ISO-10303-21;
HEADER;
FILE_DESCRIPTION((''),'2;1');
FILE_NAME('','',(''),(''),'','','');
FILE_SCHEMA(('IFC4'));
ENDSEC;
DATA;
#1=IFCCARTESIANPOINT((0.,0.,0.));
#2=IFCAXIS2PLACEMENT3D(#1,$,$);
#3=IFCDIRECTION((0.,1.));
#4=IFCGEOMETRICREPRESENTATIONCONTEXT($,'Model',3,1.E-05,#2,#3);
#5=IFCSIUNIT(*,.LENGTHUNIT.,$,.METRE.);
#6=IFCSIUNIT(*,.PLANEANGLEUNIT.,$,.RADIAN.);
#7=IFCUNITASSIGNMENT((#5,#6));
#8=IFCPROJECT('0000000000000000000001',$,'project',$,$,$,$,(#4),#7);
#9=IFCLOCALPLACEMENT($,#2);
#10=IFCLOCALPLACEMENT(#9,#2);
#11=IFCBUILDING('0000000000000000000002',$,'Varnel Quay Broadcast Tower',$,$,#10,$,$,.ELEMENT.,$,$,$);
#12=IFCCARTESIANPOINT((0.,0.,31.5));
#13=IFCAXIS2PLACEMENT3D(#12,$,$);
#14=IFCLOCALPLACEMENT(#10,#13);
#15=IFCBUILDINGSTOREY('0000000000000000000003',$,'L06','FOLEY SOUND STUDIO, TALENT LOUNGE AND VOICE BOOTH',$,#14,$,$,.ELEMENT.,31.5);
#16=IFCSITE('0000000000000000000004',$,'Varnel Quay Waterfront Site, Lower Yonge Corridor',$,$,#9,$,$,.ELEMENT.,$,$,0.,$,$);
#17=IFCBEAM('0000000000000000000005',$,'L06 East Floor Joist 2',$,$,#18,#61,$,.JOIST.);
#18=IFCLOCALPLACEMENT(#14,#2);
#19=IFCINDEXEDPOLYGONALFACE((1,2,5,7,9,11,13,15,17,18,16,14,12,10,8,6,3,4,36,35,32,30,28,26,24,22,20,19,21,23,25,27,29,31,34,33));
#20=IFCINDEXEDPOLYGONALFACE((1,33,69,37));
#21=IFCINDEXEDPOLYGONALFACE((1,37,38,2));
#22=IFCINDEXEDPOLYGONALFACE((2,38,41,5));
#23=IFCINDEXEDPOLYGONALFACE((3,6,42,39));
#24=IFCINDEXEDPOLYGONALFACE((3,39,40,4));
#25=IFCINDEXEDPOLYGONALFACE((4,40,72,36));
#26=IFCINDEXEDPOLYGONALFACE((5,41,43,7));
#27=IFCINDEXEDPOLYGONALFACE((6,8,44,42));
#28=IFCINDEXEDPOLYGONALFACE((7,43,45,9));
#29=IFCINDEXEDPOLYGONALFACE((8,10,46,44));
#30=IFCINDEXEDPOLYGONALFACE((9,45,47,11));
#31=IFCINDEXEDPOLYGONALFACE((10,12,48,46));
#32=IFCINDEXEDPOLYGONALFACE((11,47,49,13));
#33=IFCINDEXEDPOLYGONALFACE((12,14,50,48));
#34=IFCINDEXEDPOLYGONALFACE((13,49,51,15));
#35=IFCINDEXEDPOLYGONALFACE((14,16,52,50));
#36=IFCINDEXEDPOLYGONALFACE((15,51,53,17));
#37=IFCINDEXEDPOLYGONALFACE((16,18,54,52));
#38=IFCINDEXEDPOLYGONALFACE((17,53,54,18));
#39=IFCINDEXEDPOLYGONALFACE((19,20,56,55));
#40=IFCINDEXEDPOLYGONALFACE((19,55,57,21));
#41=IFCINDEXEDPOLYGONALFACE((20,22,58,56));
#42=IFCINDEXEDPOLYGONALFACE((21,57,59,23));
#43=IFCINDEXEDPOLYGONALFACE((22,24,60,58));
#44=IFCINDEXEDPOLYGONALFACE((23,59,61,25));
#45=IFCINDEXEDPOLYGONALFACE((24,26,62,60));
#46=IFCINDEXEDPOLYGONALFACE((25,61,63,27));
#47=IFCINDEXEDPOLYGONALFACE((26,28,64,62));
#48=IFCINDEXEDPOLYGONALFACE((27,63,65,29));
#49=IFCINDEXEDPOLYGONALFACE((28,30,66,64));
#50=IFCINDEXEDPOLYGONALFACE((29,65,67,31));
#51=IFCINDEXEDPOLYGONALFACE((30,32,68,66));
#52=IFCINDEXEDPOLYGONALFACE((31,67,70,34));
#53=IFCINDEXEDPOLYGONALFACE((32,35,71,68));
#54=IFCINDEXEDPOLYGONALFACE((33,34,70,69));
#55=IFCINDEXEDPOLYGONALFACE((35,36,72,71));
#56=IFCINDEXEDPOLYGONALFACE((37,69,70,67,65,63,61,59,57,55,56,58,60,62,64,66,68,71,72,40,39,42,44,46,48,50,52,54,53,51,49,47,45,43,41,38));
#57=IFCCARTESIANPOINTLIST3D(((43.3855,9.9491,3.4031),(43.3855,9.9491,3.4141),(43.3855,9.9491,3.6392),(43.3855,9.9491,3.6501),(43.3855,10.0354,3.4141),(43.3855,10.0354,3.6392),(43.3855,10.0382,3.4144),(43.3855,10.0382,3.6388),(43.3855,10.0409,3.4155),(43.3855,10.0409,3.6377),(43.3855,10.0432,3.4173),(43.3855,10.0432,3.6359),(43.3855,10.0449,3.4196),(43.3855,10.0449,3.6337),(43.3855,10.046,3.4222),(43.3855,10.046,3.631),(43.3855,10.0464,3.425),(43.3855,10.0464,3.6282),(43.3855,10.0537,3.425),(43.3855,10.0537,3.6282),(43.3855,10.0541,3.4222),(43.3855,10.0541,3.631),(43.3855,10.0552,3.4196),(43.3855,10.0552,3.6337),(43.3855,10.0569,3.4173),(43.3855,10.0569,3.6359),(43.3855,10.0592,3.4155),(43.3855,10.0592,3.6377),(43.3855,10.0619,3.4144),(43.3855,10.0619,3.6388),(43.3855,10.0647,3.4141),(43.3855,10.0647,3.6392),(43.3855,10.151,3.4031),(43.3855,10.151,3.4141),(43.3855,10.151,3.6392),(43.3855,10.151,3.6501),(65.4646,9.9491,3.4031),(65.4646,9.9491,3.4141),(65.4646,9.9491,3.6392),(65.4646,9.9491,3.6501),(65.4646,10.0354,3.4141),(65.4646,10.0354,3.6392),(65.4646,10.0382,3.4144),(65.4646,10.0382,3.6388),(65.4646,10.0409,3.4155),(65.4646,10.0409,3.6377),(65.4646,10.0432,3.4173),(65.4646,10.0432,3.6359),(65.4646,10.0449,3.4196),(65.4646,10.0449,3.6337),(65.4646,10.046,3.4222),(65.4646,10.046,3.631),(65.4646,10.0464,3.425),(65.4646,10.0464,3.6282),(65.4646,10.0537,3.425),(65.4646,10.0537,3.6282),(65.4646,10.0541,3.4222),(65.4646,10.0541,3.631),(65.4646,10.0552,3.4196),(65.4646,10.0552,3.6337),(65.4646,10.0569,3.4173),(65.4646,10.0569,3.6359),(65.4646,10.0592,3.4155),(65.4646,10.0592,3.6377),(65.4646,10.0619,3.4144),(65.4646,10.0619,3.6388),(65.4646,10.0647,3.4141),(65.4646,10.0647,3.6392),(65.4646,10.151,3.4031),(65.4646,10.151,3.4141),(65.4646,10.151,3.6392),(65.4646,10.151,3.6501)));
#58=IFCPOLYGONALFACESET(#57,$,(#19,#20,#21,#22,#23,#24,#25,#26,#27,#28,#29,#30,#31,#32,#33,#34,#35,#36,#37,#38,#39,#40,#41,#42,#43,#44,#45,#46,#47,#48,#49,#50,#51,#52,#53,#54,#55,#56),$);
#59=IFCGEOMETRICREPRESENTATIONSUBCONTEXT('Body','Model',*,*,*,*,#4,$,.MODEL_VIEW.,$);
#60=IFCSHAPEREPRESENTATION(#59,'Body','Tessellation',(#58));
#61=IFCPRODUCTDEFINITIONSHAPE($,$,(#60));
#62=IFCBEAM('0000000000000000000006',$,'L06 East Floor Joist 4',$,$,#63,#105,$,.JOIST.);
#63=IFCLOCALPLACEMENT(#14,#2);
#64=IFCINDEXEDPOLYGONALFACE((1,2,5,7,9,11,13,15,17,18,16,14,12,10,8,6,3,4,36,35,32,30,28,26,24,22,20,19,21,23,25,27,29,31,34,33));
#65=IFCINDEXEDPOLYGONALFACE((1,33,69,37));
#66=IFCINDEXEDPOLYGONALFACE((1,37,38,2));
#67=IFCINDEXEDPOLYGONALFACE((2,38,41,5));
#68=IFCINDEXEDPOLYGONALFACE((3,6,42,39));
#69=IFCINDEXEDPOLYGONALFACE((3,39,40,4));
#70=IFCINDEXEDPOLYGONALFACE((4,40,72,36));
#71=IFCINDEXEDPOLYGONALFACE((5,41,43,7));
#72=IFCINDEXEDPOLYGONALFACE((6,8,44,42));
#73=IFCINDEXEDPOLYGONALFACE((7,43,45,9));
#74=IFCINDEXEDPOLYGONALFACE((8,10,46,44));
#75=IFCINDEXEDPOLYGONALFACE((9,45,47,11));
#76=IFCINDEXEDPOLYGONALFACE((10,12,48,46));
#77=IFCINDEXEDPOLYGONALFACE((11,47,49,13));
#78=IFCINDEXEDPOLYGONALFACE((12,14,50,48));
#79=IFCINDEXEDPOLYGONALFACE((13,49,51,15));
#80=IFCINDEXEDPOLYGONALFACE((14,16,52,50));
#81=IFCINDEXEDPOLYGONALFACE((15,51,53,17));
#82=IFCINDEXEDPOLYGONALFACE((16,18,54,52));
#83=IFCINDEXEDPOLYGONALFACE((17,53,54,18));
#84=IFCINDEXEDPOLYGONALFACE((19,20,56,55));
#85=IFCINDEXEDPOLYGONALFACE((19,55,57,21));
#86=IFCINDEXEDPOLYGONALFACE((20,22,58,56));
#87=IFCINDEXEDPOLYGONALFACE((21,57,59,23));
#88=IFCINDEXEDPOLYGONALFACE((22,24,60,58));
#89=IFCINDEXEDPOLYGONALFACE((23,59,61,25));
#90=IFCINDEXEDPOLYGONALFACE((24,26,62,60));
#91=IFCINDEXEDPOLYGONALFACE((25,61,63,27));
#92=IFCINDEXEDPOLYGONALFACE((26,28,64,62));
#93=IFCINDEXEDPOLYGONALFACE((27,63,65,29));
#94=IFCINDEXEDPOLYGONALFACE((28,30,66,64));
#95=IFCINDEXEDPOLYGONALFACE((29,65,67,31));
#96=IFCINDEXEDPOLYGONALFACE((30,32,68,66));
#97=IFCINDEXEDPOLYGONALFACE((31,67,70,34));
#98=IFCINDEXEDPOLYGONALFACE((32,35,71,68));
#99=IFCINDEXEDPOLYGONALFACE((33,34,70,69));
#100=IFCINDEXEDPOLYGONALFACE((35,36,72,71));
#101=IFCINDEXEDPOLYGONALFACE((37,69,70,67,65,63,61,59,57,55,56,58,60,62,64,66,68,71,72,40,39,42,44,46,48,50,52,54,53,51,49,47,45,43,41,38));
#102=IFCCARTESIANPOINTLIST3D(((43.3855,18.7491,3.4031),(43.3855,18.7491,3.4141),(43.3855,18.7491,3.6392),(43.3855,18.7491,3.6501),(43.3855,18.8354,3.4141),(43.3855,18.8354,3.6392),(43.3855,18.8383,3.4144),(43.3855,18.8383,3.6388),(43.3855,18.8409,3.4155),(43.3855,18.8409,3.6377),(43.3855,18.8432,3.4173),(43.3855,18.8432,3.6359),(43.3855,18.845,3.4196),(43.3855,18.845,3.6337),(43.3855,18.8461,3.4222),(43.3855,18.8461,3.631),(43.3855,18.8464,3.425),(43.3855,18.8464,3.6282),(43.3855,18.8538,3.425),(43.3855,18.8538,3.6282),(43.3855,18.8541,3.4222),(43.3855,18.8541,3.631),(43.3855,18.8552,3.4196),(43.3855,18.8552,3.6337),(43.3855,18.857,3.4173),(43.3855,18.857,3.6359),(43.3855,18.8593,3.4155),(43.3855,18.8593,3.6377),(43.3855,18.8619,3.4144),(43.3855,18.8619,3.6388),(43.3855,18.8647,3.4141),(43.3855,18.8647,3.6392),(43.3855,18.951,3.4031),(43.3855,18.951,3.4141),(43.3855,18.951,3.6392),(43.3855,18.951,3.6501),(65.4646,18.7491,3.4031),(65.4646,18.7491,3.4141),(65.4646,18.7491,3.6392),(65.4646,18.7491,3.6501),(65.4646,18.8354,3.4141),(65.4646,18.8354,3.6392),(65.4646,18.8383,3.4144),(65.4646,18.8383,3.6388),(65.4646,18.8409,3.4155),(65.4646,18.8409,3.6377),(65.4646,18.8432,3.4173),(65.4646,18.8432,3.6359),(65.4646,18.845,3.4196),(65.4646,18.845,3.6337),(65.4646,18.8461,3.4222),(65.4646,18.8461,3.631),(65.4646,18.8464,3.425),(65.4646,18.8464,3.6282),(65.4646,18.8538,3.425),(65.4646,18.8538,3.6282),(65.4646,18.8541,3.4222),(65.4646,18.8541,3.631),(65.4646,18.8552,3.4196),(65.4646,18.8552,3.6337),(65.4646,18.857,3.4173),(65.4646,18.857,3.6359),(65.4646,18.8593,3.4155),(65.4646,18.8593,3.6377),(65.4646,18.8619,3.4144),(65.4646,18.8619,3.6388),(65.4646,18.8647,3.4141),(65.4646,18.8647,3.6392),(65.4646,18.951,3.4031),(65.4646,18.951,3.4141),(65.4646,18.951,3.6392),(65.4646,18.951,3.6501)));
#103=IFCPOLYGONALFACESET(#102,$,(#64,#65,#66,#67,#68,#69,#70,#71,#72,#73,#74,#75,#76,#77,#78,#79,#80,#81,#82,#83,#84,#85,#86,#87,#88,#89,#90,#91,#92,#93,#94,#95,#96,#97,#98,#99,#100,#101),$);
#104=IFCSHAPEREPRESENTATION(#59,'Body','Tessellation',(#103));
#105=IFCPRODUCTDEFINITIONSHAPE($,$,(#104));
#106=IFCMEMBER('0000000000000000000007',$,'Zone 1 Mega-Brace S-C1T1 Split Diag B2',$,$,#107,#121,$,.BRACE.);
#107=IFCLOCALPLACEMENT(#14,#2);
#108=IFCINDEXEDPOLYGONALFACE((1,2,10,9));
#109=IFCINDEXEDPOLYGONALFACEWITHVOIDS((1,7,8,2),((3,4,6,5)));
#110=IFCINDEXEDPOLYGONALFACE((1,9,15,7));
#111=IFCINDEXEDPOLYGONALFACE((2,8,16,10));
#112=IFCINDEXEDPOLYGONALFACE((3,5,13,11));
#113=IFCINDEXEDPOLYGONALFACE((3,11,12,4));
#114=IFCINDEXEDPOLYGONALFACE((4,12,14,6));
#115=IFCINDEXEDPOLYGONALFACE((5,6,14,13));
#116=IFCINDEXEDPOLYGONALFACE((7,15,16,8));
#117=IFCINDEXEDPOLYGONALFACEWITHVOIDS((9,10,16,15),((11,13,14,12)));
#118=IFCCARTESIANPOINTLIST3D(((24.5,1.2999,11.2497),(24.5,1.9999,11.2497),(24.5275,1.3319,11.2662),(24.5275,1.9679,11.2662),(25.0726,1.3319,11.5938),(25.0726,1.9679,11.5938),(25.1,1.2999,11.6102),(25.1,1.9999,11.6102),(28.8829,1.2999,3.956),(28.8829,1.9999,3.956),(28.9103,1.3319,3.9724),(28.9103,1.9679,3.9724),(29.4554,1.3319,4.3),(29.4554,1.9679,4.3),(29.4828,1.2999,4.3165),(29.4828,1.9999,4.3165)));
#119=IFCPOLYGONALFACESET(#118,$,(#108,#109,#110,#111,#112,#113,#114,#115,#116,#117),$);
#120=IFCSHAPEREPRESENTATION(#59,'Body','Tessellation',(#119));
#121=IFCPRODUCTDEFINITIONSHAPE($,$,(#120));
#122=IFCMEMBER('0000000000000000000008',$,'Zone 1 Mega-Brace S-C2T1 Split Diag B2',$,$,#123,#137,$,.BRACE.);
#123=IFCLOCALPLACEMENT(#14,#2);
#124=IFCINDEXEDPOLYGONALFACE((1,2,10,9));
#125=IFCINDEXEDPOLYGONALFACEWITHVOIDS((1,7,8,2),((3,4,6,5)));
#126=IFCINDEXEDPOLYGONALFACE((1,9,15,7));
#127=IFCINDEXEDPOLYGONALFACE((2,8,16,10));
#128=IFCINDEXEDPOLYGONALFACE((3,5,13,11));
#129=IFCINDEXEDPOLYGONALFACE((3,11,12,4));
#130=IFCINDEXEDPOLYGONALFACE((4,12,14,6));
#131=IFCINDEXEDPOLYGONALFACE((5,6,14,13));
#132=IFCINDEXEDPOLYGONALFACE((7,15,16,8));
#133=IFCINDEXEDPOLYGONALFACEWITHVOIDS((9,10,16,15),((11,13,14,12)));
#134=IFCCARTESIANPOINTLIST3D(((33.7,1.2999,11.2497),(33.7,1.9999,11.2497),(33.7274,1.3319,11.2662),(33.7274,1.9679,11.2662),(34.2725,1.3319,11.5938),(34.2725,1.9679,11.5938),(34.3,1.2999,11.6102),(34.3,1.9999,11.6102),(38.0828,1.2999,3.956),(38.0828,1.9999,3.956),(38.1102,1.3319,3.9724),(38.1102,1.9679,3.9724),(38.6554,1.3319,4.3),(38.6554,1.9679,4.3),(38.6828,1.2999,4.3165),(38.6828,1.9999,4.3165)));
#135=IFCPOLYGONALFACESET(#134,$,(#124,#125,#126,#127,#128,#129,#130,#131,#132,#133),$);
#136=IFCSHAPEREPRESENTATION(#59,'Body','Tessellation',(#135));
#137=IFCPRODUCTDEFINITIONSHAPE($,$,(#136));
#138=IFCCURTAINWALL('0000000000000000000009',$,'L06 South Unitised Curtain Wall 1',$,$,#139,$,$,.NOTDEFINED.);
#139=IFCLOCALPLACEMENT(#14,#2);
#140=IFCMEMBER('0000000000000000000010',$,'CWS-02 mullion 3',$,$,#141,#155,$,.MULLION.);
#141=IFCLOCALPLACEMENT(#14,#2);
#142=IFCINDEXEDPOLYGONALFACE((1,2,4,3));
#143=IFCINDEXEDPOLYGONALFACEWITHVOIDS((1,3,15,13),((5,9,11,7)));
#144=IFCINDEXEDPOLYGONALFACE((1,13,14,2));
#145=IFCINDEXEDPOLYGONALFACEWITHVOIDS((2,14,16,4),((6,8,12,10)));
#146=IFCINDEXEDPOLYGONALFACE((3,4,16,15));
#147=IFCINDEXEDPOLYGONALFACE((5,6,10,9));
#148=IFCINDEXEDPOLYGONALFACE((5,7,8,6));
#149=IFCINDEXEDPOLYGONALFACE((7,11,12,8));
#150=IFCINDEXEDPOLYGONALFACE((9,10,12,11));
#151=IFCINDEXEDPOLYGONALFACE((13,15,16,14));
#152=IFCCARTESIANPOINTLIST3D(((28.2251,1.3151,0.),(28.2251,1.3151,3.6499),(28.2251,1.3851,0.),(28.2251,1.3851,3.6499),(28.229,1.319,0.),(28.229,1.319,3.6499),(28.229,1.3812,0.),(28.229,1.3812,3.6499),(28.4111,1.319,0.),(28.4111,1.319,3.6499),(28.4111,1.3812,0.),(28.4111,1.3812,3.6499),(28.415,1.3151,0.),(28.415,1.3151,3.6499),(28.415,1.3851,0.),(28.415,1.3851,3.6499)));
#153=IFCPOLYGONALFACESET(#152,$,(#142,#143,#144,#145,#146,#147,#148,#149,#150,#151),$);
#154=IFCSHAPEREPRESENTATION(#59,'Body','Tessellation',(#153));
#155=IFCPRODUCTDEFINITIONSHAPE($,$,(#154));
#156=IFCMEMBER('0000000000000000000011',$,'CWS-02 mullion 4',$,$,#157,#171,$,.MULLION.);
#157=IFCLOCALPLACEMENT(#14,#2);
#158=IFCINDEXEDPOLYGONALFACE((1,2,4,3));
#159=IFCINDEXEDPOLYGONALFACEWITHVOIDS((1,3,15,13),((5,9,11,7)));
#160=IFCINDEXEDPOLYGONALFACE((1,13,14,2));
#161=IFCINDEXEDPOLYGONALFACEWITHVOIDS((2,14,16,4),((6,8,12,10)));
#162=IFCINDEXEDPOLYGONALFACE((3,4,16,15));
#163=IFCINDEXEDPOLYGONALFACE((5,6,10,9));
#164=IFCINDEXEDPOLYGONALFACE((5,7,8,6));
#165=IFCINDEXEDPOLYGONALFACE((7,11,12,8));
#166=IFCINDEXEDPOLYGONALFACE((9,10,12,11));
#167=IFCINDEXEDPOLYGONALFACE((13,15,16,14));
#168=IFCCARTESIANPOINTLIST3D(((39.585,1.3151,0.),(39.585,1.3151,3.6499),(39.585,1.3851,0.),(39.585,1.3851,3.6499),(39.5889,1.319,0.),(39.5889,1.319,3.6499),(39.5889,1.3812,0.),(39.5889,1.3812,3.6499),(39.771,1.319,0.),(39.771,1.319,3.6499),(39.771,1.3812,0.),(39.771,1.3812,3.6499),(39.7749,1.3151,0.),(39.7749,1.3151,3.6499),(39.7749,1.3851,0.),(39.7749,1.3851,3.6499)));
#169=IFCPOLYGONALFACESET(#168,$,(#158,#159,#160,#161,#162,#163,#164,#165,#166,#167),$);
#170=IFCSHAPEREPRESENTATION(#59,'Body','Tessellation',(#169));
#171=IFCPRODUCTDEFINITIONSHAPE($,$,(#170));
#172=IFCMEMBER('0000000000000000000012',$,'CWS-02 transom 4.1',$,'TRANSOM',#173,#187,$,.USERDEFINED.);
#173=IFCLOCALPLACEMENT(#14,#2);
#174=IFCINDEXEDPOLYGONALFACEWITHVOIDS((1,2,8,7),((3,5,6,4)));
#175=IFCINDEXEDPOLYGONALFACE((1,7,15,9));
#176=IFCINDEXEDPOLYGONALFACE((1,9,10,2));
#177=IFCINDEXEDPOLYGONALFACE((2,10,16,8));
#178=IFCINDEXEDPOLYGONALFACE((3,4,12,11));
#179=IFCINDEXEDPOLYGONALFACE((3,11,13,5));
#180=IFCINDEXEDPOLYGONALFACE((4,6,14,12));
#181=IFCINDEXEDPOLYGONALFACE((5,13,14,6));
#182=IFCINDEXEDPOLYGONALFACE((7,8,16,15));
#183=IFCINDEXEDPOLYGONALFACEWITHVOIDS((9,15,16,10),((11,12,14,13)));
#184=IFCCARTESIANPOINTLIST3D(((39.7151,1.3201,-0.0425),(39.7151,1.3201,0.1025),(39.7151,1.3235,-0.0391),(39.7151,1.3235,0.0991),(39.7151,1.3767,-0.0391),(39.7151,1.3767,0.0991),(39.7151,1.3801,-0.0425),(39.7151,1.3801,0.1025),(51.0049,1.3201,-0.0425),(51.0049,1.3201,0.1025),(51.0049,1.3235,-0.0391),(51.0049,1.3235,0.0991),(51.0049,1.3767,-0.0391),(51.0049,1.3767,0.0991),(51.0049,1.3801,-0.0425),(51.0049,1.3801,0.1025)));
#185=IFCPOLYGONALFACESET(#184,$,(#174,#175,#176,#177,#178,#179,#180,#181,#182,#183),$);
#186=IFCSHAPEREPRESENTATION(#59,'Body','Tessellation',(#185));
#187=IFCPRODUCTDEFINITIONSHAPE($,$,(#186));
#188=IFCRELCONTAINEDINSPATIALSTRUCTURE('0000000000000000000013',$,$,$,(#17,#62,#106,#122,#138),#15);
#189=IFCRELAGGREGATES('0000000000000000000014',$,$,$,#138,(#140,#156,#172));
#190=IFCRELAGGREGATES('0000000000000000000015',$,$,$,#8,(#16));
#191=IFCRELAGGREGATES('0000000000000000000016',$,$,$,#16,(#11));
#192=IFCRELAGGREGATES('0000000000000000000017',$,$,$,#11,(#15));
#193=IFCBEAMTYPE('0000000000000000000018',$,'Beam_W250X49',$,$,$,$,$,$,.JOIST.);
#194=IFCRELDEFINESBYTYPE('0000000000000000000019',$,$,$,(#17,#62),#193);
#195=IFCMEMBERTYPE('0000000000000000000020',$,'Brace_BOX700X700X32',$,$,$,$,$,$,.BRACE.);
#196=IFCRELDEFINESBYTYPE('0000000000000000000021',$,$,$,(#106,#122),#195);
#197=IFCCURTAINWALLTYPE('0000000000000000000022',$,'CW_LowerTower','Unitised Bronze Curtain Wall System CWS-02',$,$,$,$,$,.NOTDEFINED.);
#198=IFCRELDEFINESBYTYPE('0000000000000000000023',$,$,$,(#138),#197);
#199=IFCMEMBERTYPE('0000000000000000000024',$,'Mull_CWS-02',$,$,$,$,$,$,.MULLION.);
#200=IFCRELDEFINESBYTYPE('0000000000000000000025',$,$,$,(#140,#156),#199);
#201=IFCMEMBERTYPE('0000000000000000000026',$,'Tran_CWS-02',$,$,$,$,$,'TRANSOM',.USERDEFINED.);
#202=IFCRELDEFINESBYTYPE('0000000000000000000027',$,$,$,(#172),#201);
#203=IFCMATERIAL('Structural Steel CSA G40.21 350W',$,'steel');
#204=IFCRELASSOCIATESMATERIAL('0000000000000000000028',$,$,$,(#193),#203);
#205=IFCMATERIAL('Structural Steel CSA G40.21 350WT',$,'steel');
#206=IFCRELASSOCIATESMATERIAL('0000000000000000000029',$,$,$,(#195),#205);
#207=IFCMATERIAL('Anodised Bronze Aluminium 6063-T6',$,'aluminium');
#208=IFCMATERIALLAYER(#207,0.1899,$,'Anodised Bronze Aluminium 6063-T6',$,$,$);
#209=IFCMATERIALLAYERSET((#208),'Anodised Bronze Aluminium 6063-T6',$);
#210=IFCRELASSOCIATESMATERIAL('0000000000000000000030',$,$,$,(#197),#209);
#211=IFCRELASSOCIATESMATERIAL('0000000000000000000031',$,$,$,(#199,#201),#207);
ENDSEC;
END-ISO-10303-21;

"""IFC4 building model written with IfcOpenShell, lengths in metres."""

from ifc_helpers import new_model, si_unit, direction, frame, origin, origin_2d, place, context, subcontext, project, spatial, hollow_rectangle, i_section, extrude, source, transform, mapped, material, layer, layer_set, material_profile, profile_set, type_object, type_shapes, element, aggregate, save


model = new_model("IFC4")

# Units and contexts
model_context = context("Model", 3, precision=1e-05, world=origin(), true_north=direction((0.0, 1.0)))
body_context = subcontext(model_context, "Body", "Model", "MODEL_VIEW")
ifc_project = project(units=[si_unit("LENGTHUNIT", "METRE"), si_unit("PLANEANGLEUNIT", "RADIAN")], contexts=[model_context])

# Site, building, storey
site_placement = place(None, origin())
site = spatial("IfcSite", under=ifc_project, at=site_placement, Name="Varnel Quay Waterfront Site, Lower Yonge Corridor", CompositionType="ELEMENT", RefElevation=0.0)
building_placement = place(site_placement, origin())
building = spatial("IfcBuilding", under=site, at=building_placement, Name="Varnel Quay Broadcast Tower", CompositionType="ELEMENT")
storey_placement = place(building_placement, frame((0.0, 0.0, 31.5)))
storey = spatial("IfcBuildingStorey", under=building, at=storey_placement, Name="L06", Description="FOLEY SOUND STUDIO, TALENT LOUNGE AND VOICE BOOTH", CompositionType="ELEMENT", Elevation=31.5)

# Shared definitions
ifc_material_1 = material(Name="Structural Steel CSA G40.21 350W", Category="steel")

# Beams
ifc_material_profile_1 = material_profile(ifc_material_1, i_section(OverallWidth=0.2019, OverallDepth=0.2471, WebThickness=0.0073, FlangeThickness=0.011, FilletRadius=0.011, at=origin_2d()), Name="W250X49")
ifc_profile_set_1 = profile_set([ifc_material_profile_1], Name="Structural Steel CSA G40.21 350W")
beam_type_1 = type_object("IfcBeamType", Name="Beam_W250X49", PredefinedType="JOIST", material=ifc_profile_set_1)
shared_shape_1 = source(origin(), body_context, "Body", "SweptSolid", [
    extrude(i_section(OverallWidth=0.2019, OverallDepth=0.2471, WebThickness=0.0073, FlangeThickness=0.011, FilletRadius=0.011, at=origin_2d()), origin(), (0.0, 0.0, 1.0), 22.0791),
])
type_shapes(beam_type_1, [shared_shape_1])
for number, where, z_axis, x_axis, name in (
    (1, (43.3855, 10.05, 3.5266), (1.0, 0.0, 0.0), (0.0, 1.0, 0.0), "L06 East Floor Joist 2"),
    (2, (43.3855, 18.8501, 3.5266), (1.0, 0.0, 0.0), (0.0, 1.0, 0.0), "L06 East Floor Joist 4"),
):
    element("IfcBeam", number, at=place(storey_placement, frame(where, z_axis=z_axis, x_axis=x_axis)), inside=storey, type_object=beam_type_1, Name=name, PredefinedType="JOIST", context=body_context, shape_type="MappedRepresentation", body=[
        mapped(shared_shape_1, transform((0.0, 0.0, 0.0), x_axis=(1.0, 0.0, 0.0), y_axis=(0.0, 1.0, 0.0), z_axis=(0.0, 0.0, 1.0), scale=1.0)),
    ])

# Members
ifc_material_2 = material(Name="Structural Steel CSA G40.21 350WT", Category="steel")
ifc_material_profile_2 = material_profile(ifc_material_2, hollow_rectangle(XDim=0.7, YDim=0.7, WallThickness=0.032, at=origin_2d()), Name="BOX700X700X32")
ifc_profile_set_2 = profile_set([ifc_material_profile_2], Name="Structural Steel CSA G40.21 350WT")
member_type_1 = type_object("IfcMemberType", Name="Brace_BOX700X700X32", PredefinedType="BRACE", material=ifc_profile_set_2)
shared_shape_2 = source(origin(), body_context, "Body", "SweptSolid", [
    extrude(hollow_rectangle(XDim=0.7, YDim=0.7, WallThickness=0.032, at=origin_2d()), origin(), (0.0, 0.0, 1.0), 8.5093),
])
type_shapes(member_type_1, [shared_shape_2])
for number, where, z_axis, x_axis, name in (
    (3, (29.1829, 1.6499, 4.1362), (-0.515065, 0.0, 0.857151), (0.0, -1.0, 0.0), "Zone 1 Mega-Brace S-C1T1 Split Diag B2"),
    (4, (38.3828, 1.6499, 4.1362), (-0.515065, 0.0, 0.857151), (0.0, -1.0, 0.0), "Zone 1 Mega-Brace S-C2T1 Split Diag B2"),
):
    element("IfcMember", number, at=place(storey_placement, frame(where, z_axis=z_axis, x_axis=x_axis)), inside=storey, type_object=member_type_1, Name=name, PredefinedType="BRACE", context=body_context, shape_type="MappedRepresentation", body=[
        mapped(shared_shape_2, transform((0.0, 0.0, 0.0), x_axis=(1.0, 0.0, 0.0), y_axis=(0.0, 1.0, 0.0), z_axis=(0.0, 0.0, 1.0), scale=1.0)),
    ])

# Curtain wall, members
ifc_material_3 = material(Name="Anodised Bronze Aluminium 6063-T6", Category="aluminium")
ifc_layer_1 = layer(ifc_material_3, 0.1899, Name="Anodised Bronze Aluminium 6063-T6")
ifc_layer_set_1 = layer_set([ifc_layer_1], Name="Anodised Bronze Aluminium 6063-T6")
curtain_wall_type = type_object("IfcCurtainWallType", Name="CW_LowerTower", Description="Unitised Bronze Curtain Wall System CWS-02", PredefinedType="NOTDEFINED", material=ifc_layer_set_1)
curtain_wall_placement = place(storey_placement, origin())
curtain_wall = element("IfcCurtainWall", 5, at=curtain_wall_placement, inside=storey, type_object=curtain_wall_type, Name="L06 South Unitised Curtain Wall 1", PredefinedType="NOTDEFINED")
ifc_material_profile_3 = material_profile(ifc_material_3, hollow_rectangle(XDim=0.0701, YDim=0.1899, WallThickness=0.0039, at=origin_2d()), Name="ALU70X190X4")
ifc_profile_set_3 = profile_set([ifc_material_profile_3], Name="Anodised Bronze Aluminium 6063-T6")
member_type_2 = type_object("IfcMemberType", Name="Mull_CWS-02", PredefinedType="MULLION", material=ifc_profile_set_3)
shared_shape_3 = source(origin(), body_context, "Body", "SweptSolid", [
    extrude(hollow_rectangle(XDim=0.0701, YDim=0.1899, WallThickness=0.0039, at=origin_2d()), origin(), (0.0, 0.0, 1.0), 3.6499),
])
type_shapes(member_type_2, [shared_shape_3])
member_1_placement = place(storey_placement, frame((28.3201, 1.3501, 0.0), z_axis=(0.0, 0.0, 1.0), x_axis=(0.0, 1.0, 0.0)))
member_1 = element("IfcMember", 6, at=member_1_placement, type_object=member_type_2, Name="CWS-02 mullion 3", PredefinedType="MULLION", context=body_context, shape_type="MappedRepresentation", body=[
    mapped(shared_shape_3, transform((0.0, 0.0, 0.0), x_axis=(1.0, 0.0, 0.0), y_axis=(0.0, 1.0, 0.0), z_axis=(0.0, 0.0, 1.0), scale=1.0)),
])
member_2_placement = place(storey_placement, frame((39.6799, 1.3501, 0.0), z_axis=(0.0, 0.0, 1.0), x_axis=(0.0, 1.0, 0.0)))
member_2 = element("IfcMember", 7, at=member_2_placement, type_object=member_type_2, Name="CWS-02 mullion 4", PredefinedType="MULLION", context=body_context, shape_type="MappedRepresentation", body=[
    mapped(shared_shape_3, transform((0.0, 0.0, 0.0), x_axis=(1.0, 0.0, 0.0), y_axis=(0.0, 1.0, 0.0), z_axis=(0.0, 0.0, 1.0), scale=1.0)),
])
ifc_material_profile_4 = material_profile(ifc_material_3, hollow_rectangle(XDim=0.0601, YDim=0.145, WallThickness=0.0034, at=origin_2d()), Name="ALU60X145X3.5")
ifc_profile_set_4 = profile_set([ifc_material_profile_4], Name="Anodised Bronze Aluminium 6063-T6")
member_type_3 = type_object("IfcMemberType", Name="Tran_CWS-02", ElementType="TRANSOM", PredefinedType="USERDEFINED", material=ifc_profile_set_4)
shared_shape_4 = source(origin(), body_context, "Body", "SweptSolid", [
    extrude(hollow_rectangle(XDim=0.0601, YDim=0.145, WallThickness=0.0034, at=origin_2d()), origin(), (0.0, 0.0, 1.0), 11.2898),
])
member_3_placement = place(storey_placement, frame((39.7151, 1.3501, 0.03), z_axis=(1.0, 0.0, 0.0), x_axis=(0.0, 1.0, 0.0)))
member_3 = element("IfcMember", 8, at=member_3_placement, type_object=member_type_3, Name="CWS-02 transom 4.1", ObjectType="TRANSOM", PredefinedType="USERDEFINED", context=body_context, shape_type="MappedRepresentation", body=[
    mapped(shared_shape_4, transform((0.0, 0.0, 0.0), x_axis=(1.0, 0.0, 0.0), y_axis=(0.0, 1.0, 0.0), z_axis=(0.0, 0.0, 1.0), scale=1.0)),
])

aggregate(curtain_wall, [member_1, member_2, member_3])

save(model, "model.ifc")
